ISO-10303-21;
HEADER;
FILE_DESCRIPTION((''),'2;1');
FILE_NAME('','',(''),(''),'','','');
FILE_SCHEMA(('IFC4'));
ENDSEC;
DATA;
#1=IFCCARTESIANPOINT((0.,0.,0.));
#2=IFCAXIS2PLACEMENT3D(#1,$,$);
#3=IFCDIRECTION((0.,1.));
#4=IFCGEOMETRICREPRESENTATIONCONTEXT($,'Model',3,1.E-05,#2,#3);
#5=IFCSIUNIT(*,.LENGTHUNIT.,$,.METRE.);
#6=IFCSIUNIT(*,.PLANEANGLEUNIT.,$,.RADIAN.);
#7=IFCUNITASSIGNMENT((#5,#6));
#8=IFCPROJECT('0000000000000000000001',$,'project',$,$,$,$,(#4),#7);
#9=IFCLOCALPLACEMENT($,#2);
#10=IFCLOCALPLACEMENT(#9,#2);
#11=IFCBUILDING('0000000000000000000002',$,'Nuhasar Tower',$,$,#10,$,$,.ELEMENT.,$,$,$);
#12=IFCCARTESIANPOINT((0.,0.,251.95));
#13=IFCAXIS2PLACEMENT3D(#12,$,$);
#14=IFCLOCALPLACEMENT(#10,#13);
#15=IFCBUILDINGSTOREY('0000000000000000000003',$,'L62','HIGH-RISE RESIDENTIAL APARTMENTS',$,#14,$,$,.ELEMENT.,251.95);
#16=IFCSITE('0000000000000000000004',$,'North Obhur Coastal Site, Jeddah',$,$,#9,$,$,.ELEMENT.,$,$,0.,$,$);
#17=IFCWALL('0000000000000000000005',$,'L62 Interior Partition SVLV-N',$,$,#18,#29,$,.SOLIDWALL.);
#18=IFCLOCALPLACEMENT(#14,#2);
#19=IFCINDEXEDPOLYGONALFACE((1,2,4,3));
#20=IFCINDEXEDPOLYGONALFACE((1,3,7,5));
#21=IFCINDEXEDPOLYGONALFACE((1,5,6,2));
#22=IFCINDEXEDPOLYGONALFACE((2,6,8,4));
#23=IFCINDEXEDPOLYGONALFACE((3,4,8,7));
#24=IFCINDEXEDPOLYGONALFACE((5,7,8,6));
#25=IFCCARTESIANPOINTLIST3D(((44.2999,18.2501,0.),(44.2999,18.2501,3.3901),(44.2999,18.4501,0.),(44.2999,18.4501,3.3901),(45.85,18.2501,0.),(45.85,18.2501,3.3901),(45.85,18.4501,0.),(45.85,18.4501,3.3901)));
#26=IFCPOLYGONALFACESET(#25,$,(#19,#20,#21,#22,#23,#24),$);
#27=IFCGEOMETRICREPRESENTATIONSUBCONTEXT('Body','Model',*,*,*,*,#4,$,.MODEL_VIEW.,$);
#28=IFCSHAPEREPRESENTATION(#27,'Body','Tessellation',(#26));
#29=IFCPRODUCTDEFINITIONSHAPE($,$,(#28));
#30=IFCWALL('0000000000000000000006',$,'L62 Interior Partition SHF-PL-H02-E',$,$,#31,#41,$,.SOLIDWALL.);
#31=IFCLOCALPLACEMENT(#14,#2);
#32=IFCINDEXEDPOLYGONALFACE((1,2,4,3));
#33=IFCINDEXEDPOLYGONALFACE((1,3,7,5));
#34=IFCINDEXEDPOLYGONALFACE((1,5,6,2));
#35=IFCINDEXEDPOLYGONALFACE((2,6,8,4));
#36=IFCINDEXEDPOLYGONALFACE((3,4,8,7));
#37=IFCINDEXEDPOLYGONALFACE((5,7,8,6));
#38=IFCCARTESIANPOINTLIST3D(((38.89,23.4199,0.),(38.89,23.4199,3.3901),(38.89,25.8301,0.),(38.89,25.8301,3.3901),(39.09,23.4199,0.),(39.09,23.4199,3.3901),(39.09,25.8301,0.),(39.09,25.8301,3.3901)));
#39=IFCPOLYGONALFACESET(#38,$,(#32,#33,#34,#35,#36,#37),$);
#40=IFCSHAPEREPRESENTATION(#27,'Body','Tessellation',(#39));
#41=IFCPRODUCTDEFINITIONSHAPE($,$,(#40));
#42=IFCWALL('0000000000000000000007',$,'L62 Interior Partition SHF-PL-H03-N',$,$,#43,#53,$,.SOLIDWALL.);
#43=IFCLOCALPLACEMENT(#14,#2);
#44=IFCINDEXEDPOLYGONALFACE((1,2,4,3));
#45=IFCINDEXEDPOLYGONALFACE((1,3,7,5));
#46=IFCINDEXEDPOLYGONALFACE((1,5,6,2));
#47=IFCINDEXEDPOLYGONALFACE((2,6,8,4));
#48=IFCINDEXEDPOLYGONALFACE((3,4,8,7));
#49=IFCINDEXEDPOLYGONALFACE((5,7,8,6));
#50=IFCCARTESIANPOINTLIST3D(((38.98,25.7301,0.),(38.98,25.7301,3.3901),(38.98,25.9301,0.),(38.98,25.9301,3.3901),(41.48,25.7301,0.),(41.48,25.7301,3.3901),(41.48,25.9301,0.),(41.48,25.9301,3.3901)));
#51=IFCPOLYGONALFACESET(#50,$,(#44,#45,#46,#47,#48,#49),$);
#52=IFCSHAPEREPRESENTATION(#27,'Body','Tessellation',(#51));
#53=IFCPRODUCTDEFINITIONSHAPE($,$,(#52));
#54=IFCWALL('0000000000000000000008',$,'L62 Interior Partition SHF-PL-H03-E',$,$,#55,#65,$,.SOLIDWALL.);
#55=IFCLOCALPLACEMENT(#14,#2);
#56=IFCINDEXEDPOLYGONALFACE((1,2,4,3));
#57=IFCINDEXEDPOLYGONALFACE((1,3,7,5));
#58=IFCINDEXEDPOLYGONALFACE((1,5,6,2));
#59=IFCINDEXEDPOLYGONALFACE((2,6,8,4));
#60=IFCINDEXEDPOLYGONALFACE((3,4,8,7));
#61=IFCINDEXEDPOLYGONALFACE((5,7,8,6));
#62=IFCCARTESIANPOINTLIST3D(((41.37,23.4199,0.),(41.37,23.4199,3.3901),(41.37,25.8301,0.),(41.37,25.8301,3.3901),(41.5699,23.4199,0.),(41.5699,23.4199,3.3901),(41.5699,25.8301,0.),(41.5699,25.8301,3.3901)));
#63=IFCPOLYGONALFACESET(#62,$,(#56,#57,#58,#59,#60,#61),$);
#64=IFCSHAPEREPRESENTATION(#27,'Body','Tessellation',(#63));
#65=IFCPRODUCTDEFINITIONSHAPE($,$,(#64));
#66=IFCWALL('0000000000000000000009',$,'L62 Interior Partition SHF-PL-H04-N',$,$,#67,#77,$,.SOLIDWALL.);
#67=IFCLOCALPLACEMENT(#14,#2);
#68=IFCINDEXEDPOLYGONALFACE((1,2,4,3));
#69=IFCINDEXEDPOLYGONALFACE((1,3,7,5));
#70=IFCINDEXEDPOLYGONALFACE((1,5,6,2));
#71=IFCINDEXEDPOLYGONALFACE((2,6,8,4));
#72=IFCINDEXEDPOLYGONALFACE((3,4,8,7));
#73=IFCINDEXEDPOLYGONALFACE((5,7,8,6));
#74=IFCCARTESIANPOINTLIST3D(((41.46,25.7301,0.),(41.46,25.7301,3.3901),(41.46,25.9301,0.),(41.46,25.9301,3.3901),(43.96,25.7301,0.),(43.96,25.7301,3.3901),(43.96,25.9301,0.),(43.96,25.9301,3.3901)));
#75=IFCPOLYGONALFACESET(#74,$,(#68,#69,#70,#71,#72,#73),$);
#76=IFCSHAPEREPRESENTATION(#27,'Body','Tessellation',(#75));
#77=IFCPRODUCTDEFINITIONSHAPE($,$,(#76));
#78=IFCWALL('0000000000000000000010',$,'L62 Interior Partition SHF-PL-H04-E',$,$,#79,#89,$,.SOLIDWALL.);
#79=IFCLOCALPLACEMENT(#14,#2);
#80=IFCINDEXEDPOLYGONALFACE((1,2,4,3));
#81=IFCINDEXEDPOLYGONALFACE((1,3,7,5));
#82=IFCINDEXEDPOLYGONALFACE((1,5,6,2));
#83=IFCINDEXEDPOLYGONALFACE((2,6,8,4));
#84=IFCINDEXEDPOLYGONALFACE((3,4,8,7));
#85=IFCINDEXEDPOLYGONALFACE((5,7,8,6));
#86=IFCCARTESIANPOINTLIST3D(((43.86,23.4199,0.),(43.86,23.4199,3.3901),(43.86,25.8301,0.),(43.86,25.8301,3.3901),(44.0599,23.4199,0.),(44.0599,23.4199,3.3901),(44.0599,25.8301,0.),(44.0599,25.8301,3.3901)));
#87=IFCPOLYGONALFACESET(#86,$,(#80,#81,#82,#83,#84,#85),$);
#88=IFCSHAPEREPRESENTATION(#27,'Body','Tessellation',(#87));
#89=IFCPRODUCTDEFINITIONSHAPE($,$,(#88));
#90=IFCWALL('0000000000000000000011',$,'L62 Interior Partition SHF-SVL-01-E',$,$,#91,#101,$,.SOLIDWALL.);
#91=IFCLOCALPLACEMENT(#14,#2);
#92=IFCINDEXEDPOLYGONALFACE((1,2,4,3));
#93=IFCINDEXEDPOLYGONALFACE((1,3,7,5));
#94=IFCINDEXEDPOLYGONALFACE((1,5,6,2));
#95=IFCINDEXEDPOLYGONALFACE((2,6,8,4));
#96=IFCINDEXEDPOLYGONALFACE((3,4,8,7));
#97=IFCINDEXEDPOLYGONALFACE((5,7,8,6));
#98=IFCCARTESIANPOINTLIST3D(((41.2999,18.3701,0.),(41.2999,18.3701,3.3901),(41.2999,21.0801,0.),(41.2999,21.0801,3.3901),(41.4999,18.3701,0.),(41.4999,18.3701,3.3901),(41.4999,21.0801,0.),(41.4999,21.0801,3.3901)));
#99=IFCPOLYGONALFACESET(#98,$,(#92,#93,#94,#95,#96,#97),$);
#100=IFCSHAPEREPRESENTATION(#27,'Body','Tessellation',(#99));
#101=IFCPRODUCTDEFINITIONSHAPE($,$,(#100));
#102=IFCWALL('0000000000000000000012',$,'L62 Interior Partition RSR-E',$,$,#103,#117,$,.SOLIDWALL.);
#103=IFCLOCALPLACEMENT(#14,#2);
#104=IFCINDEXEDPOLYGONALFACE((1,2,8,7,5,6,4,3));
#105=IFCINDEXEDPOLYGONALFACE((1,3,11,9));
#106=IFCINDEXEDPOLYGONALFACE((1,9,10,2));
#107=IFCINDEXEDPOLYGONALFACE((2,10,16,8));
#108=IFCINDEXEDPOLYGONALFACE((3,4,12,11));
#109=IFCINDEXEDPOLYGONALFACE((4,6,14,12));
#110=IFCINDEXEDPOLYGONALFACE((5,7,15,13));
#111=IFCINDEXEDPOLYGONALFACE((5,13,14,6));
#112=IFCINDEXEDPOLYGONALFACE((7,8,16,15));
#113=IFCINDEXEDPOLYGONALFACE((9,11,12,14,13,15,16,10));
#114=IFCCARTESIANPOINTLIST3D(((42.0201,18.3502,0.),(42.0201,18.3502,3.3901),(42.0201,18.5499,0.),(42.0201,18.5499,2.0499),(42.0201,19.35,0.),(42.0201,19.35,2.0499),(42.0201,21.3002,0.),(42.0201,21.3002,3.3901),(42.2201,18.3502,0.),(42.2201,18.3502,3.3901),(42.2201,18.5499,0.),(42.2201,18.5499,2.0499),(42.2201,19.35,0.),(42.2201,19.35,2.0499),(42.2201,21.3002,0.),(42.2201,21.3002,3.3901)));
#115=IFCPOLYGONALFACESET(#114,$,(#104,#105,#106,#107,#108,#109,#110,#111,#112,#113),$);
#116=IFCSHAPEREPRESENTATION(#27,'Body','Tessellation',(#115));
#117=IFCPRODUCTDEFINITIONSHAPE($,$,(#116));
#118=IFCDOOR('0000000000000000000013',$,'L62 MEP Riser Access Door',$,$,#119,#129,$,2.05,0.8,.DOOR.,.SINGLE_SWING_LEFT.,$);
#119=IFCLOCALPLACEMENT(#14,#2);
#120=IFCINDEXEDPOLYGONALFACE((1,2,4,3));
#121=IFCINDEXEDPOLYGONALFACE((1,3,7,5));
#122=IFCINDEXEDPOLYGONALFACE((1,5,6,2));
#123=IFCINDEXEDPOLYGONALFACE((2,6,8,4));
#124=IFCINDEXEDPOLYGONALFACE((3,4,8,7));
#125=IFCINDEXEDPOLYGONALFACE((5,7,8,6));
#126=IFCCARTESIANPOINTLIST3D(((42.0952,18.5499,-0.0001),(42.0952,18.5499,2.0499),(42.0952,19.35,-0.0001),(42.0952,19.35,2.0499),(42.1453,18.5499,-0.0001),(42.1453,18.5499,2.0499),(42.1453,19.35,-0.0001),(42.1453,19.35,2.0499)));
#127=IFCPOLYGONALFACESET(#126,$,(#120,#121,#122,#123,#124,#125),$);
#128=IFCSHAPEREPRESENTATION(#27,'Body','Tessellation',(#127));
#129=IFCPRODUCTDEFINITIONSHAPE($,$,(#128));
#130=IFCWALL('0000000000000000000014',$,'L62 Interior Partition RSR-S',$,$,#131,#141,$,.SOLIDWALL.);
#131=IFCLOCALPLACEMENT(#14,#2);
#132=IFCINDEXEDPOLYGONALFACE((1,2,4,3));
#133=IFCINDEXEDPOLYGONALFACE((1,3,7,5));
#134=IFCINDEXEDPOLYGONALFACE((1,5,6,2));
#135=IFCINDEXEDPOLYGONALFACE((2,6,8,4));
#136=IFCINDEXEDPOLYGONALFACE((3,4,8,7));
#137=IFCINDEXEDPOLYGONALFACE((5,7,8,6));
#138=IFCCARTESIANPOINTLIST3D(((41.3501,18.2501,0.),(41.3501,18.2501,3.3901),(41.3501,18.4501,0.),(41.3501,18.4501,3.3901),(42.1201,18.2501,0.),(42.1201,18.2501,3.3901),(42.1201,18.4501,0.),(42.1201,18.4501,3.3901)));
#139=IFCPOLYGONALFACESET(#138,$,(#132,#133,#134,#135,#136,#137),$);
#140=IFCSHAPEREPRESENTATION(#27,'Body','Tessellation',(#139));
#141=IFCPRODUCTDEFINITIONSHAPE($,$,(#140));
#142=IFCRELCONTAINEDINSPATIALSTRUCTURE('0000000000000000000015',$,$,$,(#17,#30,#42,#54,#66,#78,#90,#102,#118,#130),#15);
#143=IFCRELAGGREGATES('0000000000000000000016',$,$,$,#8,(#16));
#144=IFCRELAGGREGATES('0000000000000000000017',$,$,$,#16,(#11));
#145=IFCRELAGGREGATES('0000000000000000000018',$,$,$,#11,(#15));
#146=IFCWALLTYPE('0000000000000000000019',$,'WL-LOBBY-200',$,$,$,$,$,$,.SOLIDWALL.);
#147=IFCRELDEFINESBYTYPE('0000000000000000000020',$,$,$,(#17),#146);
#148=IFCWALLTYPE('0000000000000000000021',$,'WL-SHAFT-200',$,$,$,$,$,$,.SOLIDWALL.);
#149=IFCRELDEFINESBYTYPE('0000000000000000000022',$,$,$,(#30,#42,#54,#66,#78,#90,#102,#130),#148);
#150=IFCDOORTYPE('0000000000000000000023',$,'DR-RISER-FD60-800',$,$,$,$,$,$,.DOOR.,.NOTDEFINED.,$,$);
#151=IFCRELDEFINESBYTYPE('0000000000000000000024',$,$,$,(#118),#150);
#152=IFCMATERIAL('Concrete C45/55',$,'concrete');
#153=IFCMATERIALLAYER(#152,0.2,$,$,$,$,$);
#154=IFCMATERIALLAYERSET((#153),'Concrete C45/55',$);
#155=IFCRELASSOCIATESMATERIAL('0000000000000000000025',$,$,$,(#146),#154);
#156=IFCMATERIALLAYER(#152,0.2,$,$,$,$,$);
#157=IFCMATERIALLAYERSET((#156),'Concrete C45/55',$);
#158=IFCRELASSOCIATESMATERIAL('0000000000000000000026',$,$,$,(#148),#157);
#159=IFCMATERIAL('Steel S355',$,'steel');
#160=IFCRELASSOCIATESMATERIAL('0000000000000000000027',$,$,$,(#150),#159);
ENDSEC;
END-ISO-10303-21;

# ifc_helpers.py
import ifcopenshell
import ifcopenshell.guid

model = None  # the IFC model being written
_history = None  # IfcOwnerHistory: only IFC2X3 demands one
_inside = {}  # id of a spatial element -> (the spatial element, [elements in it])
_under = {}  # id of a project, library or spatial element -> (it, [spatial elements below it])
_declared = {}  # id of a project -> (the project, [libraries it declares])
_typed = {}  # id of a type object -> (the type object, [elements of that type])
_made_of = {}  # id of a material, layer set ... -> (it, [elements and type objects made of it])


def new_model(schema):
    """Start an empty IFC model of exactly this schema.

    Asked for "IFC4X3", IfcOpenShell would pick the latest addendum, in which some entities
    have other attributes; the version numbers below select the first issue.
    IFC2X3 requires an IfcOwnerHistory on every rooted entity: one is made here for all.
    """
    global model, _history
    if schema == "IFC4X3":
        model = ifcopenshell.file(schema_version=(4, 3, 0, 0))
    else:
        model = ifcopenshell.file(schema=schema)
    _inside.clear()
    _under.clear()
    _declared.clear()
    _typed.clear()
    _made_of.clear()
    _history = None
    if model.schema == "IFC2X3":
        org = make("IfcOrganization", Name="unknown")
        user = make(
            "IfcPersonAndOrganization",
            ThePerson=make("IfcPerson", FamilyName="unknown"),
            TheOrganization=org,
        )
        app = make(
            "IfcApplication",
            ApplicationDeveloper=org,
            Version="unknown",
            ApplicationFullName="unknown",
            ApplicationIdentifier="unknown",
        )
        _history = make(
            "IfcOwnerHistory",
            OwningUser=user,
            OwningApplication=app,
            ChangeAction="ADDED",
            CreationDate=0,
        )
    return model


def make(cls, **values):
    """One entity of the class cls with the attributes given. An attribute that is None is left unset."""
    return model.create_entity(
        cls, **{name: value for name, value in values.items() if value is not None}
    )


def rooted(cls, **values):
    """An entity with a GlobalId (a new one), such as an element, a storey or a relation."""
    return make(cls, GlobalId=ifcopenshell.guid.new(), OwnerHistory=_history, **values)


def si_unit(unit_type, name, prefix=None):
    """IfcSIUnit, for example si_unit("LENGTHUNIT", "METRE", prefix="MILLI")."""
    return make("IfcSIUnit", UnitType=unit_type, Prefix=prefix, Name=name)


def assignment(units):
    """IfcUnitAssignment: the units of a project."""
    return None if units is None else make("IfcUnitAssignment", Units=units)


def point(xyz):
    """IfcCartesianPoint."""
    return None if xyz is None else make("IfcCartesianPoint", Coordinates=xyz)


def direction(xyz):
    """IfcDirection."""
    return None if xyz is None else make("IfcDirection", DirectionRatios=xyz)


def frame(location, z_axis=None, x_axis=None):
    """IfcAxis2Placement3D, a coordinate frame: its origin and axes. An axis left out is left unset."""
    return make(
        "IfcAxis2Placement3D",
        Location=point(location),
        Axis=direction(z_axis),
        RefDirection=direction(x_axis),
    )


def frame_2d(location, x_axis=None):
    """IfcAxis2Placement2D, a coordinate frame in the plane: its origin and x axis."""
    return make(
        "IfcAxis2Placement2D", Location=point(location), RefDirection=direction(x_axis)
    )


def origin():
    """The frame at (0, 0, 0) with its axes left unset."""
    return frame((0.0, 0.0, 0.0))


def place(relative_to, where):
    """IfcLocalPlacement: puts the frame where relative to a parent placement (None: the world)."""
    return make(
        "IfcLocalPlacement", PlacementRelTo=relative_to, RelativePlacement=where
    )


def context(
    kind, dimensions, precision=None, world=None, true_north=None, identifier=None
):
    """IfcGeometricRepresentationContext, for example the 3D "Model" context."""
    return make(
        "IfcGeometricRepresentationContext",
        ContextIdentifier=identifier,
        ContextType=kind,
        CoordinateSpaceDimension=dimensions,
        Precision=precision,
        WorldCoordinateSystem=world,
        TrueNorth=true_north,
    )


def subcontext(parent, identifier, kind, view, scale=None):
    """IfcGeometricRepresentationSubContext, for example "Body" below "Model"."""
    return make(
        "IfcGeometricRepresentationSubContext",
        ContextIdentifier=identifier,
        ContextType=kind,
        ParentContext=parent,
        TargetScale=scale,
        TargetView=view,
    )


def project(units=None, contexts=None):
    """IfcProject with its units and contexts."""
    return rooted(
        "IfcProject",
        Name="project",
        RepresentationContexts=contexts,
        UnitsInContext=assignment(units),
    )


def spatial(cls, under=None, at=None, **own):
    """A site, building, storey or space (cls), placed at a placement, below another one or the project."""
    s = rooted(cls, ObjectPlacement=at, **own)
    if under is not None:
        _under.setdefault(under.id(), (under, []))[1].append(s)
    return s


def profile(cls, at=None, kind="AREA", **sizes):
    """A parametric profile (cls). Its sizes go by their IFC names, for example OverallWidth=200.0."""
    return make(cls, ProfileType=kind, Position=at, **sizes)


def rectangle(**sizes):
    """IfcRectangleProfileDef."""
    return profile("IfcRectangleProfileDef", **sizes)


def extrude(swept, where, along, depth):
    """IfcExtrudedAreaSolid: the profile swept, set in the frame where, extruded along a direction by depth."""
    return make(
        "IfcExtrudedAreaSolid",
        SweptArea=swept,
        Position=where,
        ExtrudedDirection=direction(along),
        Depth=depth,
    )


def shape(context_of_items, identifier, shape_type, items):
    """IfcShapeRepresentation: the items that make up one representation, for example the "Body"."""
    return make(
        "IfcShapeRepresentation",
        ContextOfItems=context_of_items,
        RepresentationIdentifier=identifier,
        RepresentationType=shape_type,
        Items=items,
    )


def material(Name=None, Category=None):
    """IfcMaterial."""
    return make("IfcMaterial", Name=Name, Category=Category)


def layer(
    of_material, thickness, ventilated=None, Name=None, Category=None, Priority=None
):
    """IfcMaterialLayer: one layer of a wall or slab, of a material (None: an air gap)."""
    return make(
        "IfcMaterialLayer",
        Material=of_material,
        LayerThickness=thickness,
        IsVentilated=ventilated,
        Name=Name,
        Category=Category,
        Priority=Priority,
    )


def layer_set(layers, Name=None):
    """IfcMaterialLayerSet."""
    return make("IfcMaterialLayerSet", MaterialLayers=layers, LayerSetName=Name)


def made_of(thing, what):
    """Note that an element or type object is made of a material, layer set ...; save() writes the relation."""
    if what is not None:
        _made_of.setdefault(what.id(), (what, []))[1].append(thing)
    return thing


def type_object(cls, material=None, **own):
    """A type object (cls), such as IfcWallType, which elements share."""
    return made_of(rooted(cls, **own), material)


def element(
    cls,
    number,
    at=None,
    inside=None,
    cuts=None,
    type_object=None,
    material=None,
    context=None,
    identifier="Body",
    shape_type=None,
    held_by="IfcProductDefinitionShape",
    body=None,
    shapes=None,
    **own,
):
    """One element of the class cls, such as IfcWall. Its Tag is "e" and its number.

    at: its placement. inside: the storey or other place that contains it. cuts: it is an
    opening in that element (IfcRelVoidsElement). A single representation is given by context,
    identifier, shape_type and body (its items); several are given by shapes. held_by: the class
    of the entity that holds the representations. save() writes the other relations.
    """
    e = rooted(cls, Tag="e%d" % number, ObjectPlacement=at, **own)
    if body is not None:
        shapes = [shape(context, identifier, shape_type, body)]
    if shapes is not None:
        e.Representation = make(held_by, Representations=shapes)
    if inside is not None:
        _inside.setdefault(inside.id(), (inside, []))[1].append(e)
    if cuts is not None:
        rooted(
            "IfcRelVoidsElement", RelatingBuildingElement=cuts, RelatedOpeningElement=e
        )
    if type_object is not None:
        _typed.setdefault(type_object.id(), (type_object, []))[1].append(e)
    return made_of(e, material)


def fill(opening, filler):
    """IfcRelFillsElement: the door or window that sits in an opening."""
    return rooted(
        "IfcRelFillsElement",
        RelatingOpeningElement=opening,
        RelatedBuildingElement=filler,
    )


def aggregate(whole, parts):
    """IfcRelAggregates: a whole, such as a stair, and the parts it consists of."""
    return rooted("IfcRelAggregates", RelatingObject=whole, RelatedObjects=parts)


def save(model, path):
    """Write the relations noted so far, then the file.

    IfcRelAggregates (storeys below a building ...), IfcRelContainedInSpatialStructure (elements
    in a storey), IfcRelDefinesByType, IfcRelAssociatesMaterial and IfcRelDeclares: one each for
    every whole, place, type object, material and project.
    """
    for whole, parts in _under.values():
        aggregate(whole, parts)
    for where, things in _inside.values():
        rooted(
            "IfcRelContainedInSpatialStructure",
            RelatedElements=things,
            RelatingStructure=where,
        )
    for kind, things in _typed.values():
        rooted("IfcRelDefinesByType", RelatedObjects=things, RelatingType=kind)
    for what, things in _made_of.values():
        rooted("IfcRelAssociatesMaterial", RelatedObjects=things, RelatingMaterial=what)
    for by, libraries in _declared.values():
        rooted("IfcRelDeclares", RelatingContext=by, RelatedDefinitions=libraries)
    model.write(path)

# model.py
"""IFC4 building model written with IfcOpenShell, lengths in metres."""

from ifc_helpers import new_model, si_unit, direction, frame, frame_2d, origin, place, context, subcontext, project, spatial, rectangle, extrude, material, layer, layer_set, type_object, element, fill, save


model = new_model("IFC4")

# Units and contexts
model_context = context("Model", 3, precision=1e-05, world=origin(), true_north=direction((0.0, 1.0)))
body_context = subcontext(model_context, "Body", "Model", "MODEL_VIEW")
ifc_project = project(units=[si_unit("LENGTHUNIT", "METRE"), si_unit("PLANEANGLEUNIT", "RADIAN")], contexts=[model_context])

# Site, building, storey
site_placement = place(None, origin())
site = spatial("IfcSite", under=ifc_project, at=site_placement, Name="North Obhur Coastal Site, Jeddah", CompositionType="ELEMENT", RefElevation=0.0)
building_placement = place(site_placement, origin())
building = spatial("IfcBuilding", under=site, at=building_placement, Name="Nuhasar Tower", CompositionType="ELEMENT")
storey_placement = place(building_placement, frame((0.0, 0.0, 251.95)))
storey = spatial("IfcBuildingStorey", under=building, at=storey_placement, Name="L62", Description="HIGH-RISE RESIDENTIAL APARTMENTS", CompositionType="ELEMENT", Elevation=251.95)

# Shared definitions
ifc_material_1 = material(Name="Steel S355", Category="steel")

# Shared definitions
ifc_material_2 = material(Name="Concrete C45/55", Category="concrete")
ifc_layer_1 = layer(ifc_material_2, 0.2)
ifc_layer_set_1 = layer_set([ifc_layer_1], Name="Concrete C45/55")
wall_type_1 = type_object("IfcWallType", Name="WL-LOBBY-200", PredefinedType="SOLIDWALL", material=ifc_layer_set_1)

# Walls
wall_1_placement = place(storey_placement, frame((44.3, 18.3501, 0.0), z_axis=(0.0, 0.0, 1.0), x_axis=(1.0, 0.0, 0.0)))
element("IfcWall", 1, at=wall_1_placement, inside=storey, type_object=wall_type_1, Name="L62 Interior Partition SVLV-N", PredefinedType="SOLIDWALL", context=body_context, shape_type="SweptSolid", body=[
    extrude(rectangle(XDim=1.55, YDim=0.2, at=frame_2d((0.7749, 0.0))), origin(), (0.0, 0.0, 1.0), 3.3901),
])
ifc_layer_2 = layer(ifc_material_2, 0.2)
ifc_layer_set_2 = layer_set([ifc_layer_2], Name="Concrete C45/55")
wall_type_2 = type_object("IfcWallType", Name="WL-SHAFT-200", PredefinedType="SOLIDWALL", material=ifc_layer_set_2)
wall_2_placement = place(storey_placement, frame((38.99, 23.4199, 0.0), z_axis=(0.0, 0.0, 1.0), x_axis=(0.0, 1.0, 0.0)))
element("IfcWall", 2, at=wall_2_placement, inside=storey, type_object=wall_type_2, Name="L62 Interior Partition SHF-PL-H02-E", PredefinedType="SOLIDWALL", context=body_context, shape_type="SweptSolid", body=[
    extrude(rectangle(XDim=2.4102, YDim=0.2, at=frame_2d((1.2051, 0.0))), origin(), (0.0, 0.0, 1.0), 3.3901),
])

# Walls
wall_3_placement = place(storey_placement, frame((38.98, 25.8301, 0.0), z_axis=(0.0, 0.0, 1.0), x_axis=(1.0, 0.0, 0.0)))
element("IfcWall", 3, at=wall_3_placement, inside=storey, type_object=wall_type_2, Name="L62 Interior Partition SHF-PL-H03-N", PredefinedType="SOLIDWALL", context=body_context, shape_type="SweptSolid", body=[
    extrude(rectangle(XDim=2.5, YDim=0.2, at=frame_2d((1.25, 0.0))), origin(), (0.0, 0.0, 1.0), 3.3901),
])
wall_4_placement = place(storey_placement, frame((41.47, 23.4199, 0.0), z_axis=(0.0, 0.0, 1.0), x_axis=(0.0, 1.0, 0.0)))
element("IfcWall", 4, at=wall_4_placement, inside=storey, type_object=wall_type_2, Name="L62 Interior Partition SHF-PL-H03-E", PredefinedType="SOLIDWALL", context=body_context, shape_type="SweptSolid", body=[
    extrude(rectangle(XDim=2.4102, YDim=0.2, at=frame_2d((1.2051, 0.0))), origin(), (0.0, 0.0, 1.0), 3.3901),
])

# Walls
wall_5_placement = place(storey_placement, frame((41.46, 25.8301, 0.0), z_axis=(0.0, 0.0, 1.0), x_axis=(1.0, 0.0, 0.0)))
element("IfcWall", 5, at=wall_5_placement, inside=storey, type_object=wall_type_2, Name="L62 Interior Partition SHF-PL-H04-N", PredefinedType="SOLIDWALL", context=body_context, shape_type="SweptSolid", body=[
    extrude(rectangle(XDim=2.5, YDim=0.2, at=frame_2d((1.25, 0.0))), origin(), (0.0, 0.0, 1.0), 3.3901),
])
wall_6_placement = place(storey_placement, frame((43.96, 23.4199, 0.0), z_axis=(0.0, 0.0, 1.0), x_axis=(0.0, 1.0, 0.0)))
element("IfcWall", 6, at=wall_6_placement, inside=storey, type_object=wall_type_2, Name="L62 Interior Partition SHF-PL-H04-E", PredefinedType="SOLIDWALL", context=body_context, shape_type="SweptSolid", body=[
    extrude(rectangle(XDim=2.4102, YDim=0.2, at=frame_2d((1.2051, 0.0))), origin(), (0.0, 0.0, 1.0), 3.3901),
])
wall_7_placement = place(storey_placement, frame((41.3999, 18.3701, 0.0), z_axis=(0.0, 0.0, 1.0), x_axis=(0.0, 1.0, 0.0)))
element("IfcWall", 7, at=wall_7_placement, inside=storey, type_object=wall_type_2, Name="L62 Interior Partition SHF-SVL-01-E", PredefinedType="SOLIDWALL", context=body_context, shape_type="SweptSolid", body=[
    extrude(rectangle(XDim=2.71, YDim=0.2, at=frame_2d((1.355, 0.0))), origin(), (0.0, 0.0, 1.0), 3.3901),
])

# Wall, opening, door
wall_8_placement = place(storey_placement, frame((42.1201, 18.3501, 0.0), z_axis=(0.0, 0.0, 1.0), x_axis=(0.0, 1.0, 0.0)))
wall_8 = element("IfcWall", 8, at=wall_8_placement, inside=storey, type_object=wall_type_2, Name="L62 Interior Partition RSR-E", PredefinedType="SOLIDWALL", context=body_context, shape_type="SweptSolid", body=[
    extrude(rectangle(XDim=2.95, YDim=0.2, at=frame_2d((1.4751, 0.0))), origin(), (0.0, 0.0, 1.0), 3.3901),
])
opening_1_placement = place(wall_8_placement, frame((0.2, 0.0, 0.0)))
opening_1 = element("IfcOpeningElement", 9, at=opening_1_placement, cuts=wall_8, PredefinedType="OPENING", context=body_context, shape_type="SweptSolid", body=[
    extrude(rectangle(XDim=0.8, YDim=2.05, at=frame_2d((0.3999, 1.0249))), frame((0.0, 0.1099, 0.0), z_axis=(0.0, -1.0, 0.0), x_axis=(1.0, 0.0, 0.0)), (0.0, 0.0, 1.0), 0.22),
])
door_type_1 = type_object("IfcDoorType", Name="DR-RISER-FD60-800", OperationType="NOTDEFINED", PredefinedType="DOOR", material=ifc_material_1)
door_1_placement = place(opening_1_placement, origin())
door_1 = element("IfcDoor", 10, at=door_1_placement, inside=storey, type_object=door_type_1, Name="L62 MEP Riser Access Door", OperationType="SINGLE_SWING_LEFT", OverallHeight=2.05, OverallWidth=0.8, PredefinedType="DOOR", context=body_context, shape_type="SweptSolid", body=[
    extrude(rectangle(XDim=0.8, YDim=2.05, at=frame_2d((0.3999, 1.0249))), frame((0.0, 0.0249, 0.0), z_axis=(0.0, -1.0, 0.0), x_axis=(1.0, 0.0, 0.0)), (0.0, 0.0, 1.0), 0.05),
])
fill(opening_1, door_1)

# Wall
wall_9_placement = place(storey_placement, frame((41.3501, 18.3501, 0.0), z_axis=(0.0, 0.0, 1.0), x_axis=(1.0, 0.0, 0.0)))
element("IfcWall", 11, at=wall_9_placement, inside=storey, type_object=wall_type_2, Name="L62 Interior Partition RSR-S", PredefinedType="SOLIDWALL", context=body_context, shape_type="SweptSolid", body=[
    extrude(rectangle(XDim=0.77, YDim=0.2, at=frame_2d((0.385, 0.0))), origin(), (0.0, 0.0, 1.0), 3.3901),
])

save(model, "model.ifc")
